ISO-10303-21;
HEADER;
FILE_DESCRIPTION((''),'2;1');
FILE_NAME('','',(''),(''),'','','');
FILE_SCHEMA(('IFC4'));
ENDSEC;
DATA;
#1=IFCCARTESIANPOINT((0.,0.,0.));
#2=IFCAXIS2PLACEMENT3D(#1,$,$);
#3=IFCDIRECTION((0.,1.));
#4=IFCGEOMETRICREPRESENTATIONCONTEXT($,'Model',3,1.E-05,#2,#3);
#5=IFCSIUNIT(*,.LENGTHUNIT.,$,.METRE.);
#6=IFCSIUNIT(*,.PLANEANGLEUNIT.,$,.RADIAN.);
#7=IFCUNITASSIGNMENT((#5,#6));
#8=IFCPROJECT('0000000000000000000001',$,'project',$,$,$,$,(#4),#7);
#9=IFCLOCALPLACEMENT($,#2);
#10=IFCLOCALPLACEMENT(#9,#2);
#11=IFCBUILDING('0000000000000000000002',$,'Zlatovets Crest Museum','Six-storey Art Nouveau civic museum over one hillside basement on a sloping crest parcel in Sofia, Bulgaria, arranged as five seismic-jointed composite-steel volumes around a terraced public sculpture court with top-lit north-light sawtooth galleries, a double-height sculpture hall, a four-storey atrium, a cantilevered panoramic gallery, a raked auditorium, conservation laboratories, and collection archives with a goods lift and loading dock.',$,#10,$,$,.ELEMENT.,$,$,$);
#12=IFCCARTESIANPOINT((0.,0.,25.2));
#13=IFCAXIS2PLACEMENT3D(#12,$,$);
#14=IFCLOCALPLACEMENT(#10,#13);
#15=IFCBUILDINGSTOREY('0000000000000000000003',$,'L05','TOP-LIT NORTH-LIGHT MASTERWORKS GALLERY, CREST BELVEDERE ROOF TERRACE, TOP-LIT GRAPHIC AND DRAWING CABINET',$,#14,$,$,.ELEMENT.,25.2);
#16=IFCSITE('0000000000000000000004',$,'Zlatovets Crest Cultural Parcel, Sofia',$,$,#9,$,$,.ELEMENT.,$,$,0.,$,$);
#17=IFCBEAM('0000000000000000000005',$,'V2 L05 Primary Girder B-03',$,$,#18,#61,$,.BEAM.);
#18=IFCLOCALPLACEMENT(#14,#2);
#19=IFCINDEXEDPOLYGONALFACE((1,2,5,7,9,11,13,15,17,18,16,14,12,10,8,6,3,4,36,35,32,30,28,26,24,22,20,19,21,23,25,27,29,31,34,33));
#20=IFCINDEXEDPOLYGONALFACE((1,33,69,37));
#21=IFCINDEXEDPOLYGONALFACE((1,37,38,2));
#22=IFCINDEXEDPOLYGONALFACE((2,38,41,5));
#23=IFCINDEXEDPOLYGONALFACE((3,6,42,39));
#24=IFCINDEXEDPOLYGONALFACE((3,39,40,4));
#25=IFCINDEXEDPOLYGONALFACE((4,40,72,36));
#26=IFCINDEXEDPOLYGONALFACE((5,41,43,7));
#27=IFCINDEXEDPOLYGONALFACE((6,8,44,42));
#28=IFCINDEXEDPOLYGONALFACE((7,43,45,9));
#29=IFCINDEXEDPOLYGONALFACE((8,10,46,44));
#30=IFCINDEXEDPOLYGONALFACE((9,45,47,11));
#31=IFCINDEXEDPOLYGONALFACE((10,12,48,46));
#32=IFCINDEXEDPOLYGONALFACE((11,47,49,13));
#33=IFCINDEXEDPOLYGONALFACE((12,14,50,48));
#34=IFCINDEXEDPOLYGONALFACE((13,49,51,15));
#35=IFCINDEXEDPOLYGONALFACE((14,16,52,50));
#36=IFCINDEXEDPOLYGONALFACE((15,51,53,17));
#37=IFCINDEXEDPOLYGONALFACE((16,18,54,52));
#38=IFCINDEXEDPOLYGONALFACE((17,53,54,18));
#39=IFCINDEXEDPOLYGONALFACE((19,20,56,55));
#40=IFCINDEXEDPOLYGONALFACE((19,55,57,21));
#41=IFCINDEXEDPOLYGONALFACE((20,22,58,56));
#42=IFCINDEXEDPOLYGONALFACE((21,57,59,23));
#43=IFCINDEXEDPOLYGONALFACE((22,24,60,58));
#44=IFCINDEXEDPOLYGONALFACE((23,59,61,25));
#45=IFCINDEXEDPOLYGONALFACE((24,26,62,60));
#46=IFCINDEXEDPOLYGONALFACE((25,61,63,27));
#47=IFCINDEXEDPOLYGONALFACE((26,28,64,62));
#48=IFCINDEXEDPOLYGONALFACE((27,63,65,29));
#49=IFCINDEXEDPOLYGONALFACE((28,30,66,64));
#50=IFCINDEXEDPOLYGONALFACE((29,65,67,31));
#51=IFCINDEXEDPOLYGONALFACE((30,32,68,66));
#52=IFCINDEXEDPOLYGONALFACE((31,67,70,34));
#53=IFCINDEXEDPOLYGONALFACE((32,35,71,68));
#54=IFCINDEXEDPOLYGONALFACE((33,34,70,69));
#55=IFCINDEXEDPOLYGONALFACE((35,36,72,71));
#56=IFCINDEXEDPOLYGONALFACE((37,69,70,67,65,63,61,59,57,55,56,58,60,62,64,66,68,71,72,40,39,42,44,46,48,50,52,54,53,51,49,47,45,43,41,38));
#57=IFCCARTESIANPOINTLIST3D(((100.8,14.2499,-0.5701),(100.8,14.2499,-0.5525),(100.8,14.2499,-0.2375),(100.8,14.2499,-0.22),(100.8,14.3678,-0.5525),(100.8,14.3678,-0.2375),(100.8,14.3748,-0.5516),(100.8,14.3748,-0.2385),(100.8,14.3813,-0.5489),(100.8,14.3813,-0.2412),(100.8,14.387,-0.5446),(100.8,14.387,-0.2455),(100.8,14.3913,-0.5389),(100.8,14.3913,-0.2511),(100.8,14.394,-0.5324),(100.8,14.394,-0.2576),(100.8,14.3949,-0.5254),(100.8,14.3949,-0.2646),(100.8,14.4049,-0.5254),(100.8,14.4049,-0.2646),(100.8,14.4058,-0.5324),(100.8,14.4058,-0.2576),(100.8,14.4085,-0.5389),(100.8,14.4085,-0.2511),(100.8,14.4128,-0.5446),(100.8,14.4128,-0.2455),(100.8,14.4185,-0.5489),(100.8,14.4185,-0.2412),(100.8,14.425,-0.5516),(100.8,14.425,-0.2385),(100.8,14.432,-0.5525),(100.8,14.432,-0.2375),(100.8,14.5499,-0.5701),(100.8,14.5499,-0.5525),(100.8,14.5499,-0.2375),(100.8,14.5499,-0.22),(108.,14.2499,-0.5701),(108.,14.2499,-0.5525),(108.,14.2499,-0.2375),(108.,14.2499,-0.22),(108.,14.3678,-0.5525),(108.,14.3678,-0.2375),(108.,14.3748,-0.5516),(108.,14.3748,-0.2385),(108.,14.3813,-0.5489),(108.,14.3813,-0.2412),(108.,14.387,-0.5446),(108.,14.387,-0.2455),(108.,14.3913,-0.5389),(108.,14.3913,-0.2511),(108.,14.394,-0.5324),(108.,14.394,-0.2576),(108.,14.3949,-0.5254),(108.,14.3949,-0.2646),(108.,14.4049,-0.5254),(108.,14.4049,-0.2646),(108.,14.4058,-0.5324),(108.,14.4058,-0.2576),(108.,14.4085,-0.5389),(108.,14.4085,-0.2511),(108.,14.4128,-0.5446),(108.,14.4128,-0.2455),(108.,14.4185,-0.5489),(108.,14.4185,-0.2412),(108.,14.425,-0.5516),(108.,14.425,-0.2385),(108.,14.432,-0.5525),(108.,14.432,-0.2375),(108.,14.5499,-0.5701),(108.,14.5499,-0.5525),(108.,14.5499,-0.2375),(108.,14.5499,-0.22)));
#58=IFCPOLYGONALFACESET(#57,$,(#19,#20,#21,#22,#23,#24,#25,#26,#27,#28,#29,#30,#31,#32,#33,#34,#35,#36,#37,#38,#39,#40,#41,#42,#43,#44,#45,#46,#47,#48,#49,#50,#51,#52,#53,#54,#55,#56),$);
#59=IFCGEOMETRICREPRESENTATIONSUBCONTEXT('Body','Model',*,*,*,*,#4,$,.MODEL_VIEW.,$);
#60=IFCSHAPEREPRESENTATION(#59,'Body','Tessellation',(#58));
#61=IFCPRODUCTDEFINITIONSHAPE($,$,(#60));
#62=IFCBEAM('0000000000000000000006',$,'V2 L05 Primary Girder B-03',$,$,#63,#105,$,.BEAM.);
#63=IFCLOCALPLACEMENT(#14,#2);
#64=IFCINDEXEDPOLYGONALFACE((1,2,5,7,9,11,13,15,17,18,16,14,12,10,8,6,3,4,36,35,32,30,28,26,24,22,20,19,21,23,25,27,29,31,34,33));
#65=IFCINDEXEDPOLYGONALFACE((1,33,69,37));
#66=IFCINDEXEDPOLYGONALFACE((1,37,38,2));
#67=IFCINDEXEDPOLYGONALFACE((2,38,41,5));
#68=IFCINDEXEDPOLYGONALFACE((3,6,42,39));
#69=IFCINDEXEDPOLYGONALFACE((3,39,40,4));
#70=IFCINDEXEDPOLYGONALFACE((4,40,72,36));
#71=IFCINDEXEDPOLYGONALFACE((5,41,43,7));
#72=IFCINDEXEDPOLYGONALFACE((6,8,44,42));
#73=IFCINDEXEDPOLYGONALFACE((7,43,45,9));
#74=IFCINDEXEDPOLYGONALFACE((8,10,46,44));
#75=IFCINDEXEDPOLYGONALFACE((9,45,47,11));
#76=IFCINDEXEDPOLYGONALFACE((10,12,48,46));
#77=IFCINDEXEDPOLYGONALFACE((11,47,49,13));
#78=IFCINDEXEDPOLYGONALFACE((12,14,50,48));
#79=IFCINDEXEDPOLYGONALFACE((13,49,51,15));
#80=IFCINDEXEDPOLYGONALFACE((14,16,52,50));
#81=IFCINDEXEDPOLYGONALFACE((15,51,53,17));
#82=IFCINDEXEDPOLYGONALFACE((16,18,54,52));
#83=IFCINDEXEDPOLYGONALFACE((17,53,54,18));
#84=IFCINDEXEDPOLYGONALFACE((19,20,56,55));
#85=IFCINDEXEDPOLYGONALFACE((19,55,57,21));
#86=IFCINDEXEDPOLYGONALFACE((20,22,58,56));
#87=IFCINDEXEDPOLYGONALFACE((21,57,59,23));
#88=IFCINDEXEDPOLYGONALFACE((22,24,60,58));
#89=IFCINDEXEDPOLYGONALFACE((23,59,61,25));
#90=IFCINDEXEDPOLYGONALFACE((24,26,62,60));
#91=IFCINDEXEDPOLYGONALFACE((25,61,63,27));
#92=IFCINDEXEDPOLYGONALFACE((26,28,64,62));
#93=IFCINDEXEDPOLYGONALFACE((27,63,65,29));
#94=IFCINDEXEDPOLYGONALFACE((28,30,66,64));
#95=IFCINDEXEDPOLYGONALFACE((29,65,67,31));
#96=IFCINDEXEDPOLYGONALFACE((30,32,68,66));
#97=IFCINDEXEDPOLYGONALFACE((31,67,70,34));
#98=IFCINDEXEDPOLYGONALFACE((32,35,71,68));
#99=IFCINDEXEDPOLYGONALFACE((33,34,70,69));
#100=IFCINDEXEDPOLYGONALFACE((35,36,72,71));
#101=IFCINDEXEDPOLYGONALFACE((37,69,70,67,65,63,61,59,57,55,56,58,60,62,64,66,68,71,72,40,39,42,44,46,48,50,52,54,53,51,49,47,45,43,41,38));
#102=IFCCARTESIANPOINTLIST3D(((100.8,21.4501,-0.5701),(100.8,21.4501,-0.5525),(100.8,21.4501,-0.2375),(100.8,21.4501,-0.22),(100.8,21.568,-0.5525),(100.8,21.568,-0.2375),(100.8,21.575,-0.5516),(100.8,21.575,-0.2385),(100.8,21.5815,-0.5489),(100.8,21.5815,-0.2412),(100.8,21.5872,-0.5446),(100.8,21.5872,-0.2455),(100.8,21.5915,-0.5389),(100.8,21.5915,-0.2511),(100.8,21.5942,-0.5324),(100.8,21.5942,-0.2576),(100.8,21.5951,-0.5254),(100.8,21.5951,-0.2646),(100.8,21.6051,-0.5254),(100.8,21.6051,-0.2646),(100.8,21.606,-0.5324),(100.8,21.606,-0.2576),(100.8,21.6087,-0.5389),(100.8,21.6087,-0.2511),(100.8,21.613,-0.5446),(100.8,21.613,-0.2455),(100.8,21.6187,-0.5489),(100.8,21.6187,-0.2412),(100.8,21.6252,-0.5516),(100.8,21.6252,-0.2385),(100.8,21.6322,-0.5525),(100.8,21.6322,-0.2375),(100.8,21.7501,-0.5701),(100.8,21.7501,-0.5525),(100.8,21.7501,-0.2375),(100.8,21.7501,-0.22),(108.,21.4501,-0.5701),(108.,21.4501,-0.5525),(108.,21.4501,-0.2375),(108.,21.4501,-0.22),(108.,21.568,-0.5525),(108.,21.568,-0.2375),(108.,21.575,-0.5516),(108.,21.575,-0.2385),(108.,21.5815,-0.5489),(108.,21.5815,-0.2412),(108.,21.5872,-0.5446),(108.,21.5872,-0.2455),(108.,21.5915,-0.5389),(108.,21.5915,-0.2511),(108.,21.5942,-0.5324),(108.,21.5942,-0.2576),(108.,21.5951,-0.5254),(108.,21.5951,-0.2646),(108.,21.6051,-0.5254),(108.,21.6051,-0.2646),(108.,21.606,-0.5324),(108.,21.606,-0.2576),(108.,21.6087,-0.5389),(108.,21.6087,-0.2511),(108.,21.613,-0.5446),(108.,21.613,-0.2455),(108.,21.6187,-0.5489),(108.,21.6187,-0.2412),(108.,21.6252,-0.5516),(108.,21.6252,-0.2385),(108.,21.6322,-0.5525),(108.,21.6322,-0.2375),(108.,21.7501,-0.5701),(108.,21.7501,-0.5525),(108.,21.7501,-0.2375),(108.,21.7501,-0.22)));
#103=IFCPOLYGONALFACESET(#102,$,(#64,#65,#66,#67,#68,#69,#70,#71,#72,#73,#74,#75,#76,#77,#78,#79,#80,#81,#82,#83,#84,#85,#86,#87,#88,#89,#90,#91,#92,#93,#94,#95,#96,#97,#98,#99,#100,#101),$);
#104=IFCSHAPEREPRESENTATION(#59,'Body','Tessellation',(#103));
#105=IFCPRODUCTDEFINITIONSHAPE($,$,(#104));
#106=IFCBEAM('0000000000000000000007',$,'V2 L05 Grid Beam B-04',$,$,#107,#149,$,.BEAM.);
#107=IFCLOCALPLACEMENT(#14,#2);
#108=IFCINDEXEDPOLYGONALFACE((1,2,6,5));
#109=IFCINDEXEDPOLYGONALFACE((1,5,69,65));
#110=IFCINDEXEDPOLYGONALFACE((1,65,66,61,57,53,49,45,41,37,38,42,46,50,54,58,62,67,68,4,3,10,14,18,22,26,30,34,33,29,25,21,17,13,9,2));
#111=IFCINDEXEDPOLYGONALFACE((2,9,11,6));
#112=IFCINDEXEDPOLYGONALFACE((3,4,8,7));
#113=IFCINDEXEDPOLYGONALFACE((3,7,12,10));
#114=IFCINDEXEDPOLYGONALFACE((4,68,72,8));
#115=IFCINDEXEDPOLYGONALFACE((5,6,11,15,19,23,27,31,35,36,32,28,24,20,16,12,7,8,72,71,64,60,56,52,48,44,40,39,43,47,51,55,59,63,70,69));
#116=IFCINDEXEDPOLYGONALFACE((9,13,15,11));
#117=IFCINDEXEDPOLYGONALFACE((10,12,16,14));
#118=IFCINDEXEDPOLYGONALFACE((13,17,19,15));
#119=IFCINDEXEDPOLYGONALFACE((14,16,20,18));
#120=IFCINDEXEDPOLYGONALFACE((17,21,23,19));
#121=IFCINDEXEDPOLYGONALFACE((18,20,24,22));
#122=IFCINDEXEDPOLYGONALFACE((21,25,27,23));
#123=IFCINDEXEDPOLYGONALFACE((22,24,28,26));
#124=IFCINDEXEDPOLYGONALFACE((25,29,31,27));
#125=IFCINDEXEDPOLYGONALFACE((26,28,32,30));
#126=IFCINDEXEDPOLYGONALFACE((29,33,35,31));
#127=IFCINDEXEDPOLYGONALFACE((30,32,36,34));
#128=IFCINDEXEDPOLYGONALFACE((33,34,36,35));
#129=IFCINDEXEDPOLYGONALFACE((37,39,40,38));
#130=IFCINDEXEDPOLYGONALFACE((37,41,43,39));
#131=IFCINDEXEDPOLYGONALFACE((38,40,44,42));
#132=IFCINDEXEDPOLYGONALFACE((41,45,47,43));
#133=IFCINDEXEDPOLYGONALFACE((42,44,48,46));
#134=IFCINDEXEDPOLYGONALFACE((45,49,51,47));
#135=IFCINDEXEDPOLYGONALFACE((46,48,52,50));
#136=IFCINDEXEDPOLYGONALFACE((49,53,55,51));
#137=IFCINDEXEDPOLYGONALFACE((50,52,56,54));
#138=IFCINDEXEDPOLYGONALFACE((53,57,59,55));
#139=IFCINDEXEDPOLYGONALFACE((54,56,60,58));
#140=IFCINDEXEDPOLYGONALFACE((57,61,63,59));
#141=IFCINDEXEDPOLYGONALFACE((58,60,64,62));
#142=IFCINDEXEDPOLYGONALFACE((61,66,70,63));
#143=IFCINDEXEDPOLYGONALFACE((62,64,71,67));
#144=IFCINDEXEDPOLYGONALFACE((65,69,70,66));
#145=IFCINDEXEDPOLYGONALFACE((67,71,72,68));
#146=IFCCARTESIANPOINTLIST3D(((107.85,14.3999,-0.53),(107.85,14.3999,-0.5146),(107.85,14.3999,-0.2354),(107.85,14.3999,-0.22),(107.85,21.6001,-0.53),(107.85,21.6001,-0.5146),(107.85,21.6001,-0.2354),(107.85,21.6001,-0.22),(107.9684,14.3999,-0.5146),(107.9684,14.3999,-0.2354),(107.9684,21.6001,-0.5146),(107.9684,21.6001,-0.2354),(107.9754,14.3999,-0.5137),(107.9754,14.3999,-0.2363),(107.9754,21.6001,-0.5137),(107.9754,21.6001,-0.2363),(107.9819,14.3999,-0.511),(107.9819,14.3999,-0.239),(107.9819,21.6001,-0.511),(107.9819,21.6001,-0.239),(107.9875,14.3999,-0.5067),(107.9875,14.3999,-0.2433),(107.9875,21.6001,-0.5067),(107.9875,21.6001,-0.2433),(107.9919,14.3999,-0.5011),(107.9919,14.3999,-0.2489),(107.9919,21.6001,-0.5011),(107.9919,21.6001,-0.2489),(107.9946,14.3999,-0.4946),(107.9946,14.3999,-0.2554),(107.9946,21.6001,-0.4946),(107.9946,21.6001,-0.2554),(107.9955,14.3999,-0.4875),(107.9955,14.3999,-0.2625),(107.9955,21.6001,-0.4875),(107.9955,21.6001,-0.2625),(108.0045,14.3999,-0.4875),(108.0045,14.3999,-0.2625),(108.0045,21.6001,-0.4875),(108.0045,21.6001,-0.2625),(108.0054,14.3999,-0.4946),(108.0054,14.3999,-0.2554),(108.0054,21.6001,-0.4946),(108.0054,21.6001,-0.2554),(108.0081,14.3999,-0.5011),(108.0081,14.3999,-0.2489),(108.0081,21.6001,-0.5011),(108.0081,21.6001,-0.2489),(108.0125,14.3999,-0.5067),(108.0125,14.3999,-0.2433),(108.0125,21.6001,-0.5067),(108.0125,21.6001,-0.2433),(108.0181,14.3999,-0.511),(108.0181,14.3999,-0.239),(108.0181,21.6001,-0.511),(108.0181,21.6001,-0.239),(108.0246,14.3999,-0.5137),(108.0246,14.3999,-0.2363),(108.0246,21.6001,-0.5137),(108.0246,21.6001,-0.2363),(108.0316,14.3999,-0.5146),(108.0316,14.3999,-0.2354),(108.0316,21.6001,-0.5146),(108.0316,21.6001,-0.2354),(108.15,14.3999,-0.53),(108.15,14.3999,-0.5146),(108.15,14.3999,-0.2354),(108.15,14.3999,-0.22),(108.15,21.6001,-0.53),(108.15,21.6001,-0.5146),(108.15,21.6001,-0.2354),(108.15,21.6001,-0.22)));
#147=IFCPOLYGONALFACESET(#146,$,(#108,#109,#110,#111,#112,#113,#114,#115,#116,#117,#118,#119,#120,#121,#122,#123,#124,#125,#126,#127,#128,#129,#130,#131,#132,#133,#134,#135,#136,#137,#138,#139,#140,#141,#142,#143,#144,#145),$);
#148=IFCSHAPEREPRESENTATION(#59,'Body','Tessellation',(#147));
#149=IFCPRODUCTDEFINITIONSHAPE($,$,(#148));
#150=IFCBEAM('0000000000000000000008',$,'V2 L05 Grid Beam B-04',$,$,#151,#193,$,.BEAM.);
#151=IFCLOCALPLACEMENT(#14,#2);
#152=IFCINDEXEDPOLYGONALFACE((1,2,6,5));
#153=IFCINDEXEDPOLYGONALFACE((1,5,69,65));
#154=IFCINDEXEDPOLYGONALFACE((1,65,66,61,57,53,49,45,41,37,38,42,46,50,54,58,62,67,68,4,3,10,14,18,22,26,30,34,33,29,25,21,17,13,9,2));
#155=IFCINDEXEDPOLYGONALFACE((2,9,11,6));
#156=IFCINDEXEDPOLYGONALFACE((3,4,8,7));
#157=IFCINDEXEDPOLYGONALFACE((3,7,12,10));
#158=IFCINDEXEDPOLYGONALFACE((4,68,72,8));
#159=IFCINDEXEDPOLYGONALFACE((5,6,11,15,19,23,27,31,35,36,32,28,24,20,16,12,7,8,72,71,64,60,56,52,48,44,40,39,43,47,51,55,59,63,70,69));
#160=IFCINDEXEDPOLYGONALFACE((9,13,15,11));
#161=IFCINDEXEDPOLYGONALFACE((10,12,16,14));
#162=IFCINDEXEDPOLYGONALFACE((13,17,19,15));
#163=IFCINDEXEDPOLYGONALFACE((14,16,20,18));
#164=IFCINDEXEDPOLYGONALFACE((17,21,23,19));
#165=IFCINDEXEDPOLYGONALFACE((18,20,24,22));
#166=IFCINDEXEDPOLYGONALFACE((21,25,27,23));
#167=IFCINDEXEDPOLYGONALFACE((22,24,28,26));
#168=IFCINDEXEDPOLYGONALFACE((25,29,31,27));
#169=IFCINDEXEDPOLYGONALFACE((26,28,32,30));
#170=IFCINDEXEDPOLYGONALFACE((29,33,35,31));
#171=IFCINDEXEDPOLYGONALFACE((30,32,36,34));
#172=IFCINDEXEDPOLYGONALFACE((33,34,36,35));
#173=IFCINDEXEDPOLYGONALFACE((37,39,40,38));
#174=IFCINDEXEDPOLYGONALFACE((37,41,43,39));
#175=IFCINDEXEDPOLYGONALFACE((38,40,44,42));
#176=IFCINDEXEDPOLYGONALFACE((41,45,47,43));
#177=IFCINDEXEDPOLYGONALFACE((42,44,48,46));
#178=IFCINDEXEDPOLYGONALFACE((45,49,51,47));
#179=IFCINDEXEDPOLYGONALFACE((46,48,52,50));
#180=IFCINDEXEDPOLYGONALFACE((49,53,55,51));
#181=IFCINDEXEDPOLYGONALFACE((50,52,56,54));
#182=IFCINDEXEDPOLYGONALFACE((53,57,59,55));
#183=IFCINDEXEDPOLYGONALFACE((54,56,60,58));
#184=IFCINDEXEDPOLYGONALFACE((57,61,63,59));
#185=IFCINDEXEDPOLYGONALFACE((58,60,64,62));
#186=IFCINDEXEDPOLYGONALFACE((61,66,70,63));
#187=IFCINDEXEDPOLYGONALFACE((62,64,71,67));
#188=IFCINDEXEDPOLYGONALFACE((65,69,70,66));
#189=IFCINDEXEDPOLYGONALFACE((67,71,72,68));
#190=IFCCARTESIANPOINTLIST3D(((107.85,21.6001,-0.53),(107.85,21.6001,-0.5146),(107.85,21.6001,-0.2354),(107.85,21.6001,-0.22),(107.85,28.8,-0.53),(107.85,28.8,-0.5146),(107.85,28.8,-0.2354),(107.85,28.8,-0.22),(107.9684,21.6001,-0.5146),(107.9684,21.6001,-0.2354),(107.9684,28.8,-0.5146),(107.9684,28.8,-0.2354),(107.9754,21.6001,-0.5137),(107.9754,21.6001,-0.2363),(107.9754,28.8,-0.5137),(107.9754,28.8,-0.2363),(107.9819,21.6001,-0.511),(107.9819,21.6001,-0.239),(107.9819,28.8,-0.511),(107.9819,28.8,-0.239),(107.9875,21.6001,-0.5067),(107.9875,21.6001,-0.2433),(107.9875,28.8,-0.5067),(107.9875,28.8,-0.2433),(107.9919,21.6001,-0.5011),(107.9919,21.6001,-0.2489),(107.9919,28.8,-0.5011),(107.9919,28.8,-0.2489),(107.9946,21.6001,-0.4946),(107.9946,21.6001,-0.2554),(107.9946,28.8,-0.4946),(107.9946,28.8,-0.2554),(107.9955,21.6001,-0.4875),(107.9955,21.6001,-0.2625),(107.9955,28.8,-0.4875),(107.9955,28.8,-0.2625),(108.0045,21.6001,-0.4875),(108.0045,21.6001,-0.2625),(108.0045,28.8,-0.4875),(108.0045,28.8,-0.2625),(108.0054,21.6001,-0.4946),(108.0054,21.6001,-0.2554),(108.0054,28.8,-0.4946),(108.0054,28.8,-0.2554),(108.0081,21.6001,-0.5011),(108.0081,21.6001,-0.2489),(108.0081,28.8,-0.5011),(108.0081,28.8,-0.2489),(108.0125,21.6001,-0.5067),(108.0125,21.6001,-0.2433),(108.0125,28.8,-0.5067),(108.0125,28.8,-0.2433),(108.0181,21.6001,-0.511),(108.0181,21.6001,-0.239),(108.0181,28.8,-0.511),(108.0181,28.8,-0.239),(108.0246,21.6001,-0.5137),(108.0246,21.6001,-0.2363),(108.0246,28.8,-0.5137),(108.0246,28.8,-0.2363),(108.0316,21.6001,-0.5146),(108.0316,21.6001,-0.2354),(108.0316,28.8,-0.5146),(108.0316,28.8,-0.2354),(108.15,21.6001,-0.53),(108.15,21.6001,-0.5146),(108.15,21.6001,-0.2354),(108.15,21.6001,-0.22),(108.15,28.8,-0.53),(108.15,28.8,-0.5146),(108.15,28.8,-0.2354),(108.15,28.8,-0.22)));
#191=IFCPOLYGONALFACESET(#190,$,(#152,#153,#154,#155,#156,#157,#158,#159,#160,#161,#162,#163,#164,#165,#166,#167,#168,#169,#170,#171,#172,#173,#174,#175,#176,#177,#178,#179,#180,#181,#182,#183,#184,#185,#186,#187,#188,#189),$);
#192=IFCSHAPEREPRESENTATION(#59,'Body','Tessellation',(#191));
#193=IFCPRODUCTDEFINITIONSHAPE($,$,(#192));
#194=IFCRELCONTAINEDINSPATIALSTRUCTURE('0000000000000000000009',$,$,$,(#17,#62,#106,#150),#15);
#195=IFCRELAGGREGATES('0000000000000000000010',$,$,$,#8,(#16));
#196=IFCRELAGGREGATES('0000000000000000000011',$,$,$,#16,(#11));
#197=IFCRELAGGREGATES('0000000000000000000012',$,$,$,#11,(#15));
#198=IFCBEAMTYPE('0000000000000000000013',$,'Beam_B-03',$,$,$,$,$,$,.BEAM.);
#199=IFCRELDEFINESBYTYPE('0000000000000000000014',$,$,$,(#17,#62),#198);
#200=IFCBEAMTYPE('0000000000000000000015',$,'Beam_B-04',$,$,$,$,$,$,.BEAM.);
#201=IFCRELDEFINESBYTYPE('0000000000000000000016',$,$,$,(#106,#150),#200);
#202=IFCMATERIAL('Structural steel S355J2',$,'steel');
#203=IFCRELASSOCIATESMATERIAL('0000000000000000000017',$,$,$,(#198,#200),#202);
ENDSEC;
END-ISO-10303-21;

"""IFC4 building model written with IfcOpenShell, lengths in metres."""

from ifc_helpers import new_model, si_unit, direction, frame, origin, origin_2d, place, context, subcontext, project, spatial, i_section, extrude, material, material_profile, profile_set, type_object, element, save


model = new_model("IFC4")

# Units and contexts
model_context = context("Model", 3, precision=1e-05, world=origin(), true_north=direction((0.0, 1.0)))
body_context = subcontext(model_context, "Body", "Model", "MODEL_VIEW")
ifc_project = project(units=[si_unit("LENGTHUNIT", "METRE"), si_unit("PLANEANGLEUNIT", "RADIAN")], contexts=[model_context])

# Site, building, storey
site_placement = place(None, origin())
site = spatial("IfcSite", under=ifc_project, at=site_placement, Name="Zlatovets Crest Cultural Parcel, Sofia", CompositionType="ELEMENT", RefElevation=0.0)
building_placement = place(site_placement, origin())
building = spatial("IfcBuilding", under=site, at=building_placement, Name="Zlatovets Crest Museum", Description="Six-storey Art Nouveau civic museum over one hillside basement on a sloping crest parcel in Sofia, Bulgaria, arranged as five seismic-jointed composite-steel volumes around a terraced public sculpture court with top-lit north-light sawtooth galleries, a double-height sculpture hall, a four-storey atrium, a cantilevered panoramic gallery, a raked auditorium, conservation laboratories, and collection archives with a goods lift and loading dock.", CompositionType="ELEMENT")
storey_placement = place(building_placement, frame((0.0, 0.0, 25.2)))
storey = spatial("IfcBuildingStorey", under=building, at=storey_placement, Name="L05", Description="TOP-LIT NORTH-LIGHT MASTERWORKS GALLERY, CREST BELVEDERE ROOF TERRACE, TOP-LIT GRAPHIC AND DRAWING CABINET", CompositionType="ELEMENT", Elevation=25.2)

# Beams
ifc_material_1 = material(Name="Structural steel S355J2", Category="steel")
ifc_material_profile_1 = material_profile(ifc_material_1, i_section(OverallWidth=0.3, OverallDepth=0.3501, WebThickness=0.01, FlangeThickness=0.0176, FilletRadius=0.0271, at=origin_2d()), Name="HEA 360")
ifc_profile_set_1 = profile_set([ifc_material_profile_1], Name="Structural steel S355J2")
beam_type_1 = type_object("IfcBeamType", Name="Beam_B-03", PredefinedType="BEAM", material=ifc_profile_set_1)
for number, where, z_axis, x_axis, name in (
    (1, (100.8, 14.3999, -0.395), (1.0, 0.0, 0.0), (0.0, 1.0, 0.0), "V2 L05 Primary Girder B-03"),
    (2, (100.8, 21.6001, -0.395), (1.0, 0.0, 0.0), (0.0, 1.0, 0.0), "V2 L05 Primary Girder B-03"),
):
    element("IfcBeam", number, at=place(storey_placement, frame(where, z_axis=z_axis, x_axis=x_axis)), inside=storey, type_object=beam_type_1, Name=name, PredefinedType="BEAM", context=body_context, shape_type="SweptSolid", body=[
        extrude(i_section(OverallWidth=0.3, OverallDepth=0.3501, WebThickness=0.01, FlangeThickness=0.0176, FilletRadius=0.0271, at=origin_2d()), origin(), (0.0, 0.0, 1.0), 7.2),
    ])
ifc_material_profile_2 = material_profile(ifc_material_1, i_section(OverallWidth=0.3, OverallDepth=0.3101, WebThickness=0.009, FlangeThickness=0.0154, FilletRadius=0.0271, at=origin_2d()), Name="HEA 320")
ifc_profile_set_2 = profile_set([ifc_material_profile_2], Name="Structural steel S355J2")
beam_type_2 = type_object("IfcBeamType", Name="Beam_B-04", PredefinedType="BEAM", material=ifc_profile_set_2)
beam_1_placement = place(storey_placement, frame((108.0, 14.3999, -0.375), z_axis=(0.0, 1.0, 0.0), x_axis=(-1.0, 0.0, 0.0)))
element("IfcBeam", 3, at=beam_1_placement, inside=storey, type_object=beam_type_2, Name="V2 L05 Grid Beam B-04", PredefinedType="BEAM", context=body_context, shape_type="SweptSolid", body=[
    extrude(i_section(OverallWidth=0.3, OverallDepth=0.3101, WebThickness=0.009, FlangeThickness=0.0154, FilletRadius=0.0271, at=origin_2d()), origin(), (0.0, 0.0, 1.0), 7.2002),
])
for number, where, z_axis, x_axis, name in (
    (4, (108.0, 21.6001, -0.375), (0.0, 1.0, 0.0), (-1.0, 0.0, 0.0), "V2 L05 Grid Beam B-04"),
):
    element("IfcBeam", number, at=place(storey_placement, frame(where, z_axis=z_axis, x_axis=x_axis)), inside=storey, type_object=beam_type_2, Name=name, PredefinedType="BEAM", context=body_context, shape_type="SweptSolid", body=[
        extrude(i_section(OverallWidth=0.3, OverallDepth=0.3101, WebThickness=0.009, FlangeThickness=0.0154, FilletRadius=0.0271, at=origin_2d()), origin(), (0.0, 0.0, 1.0), 7.2),
    ])

save(model, "model.ifc")
